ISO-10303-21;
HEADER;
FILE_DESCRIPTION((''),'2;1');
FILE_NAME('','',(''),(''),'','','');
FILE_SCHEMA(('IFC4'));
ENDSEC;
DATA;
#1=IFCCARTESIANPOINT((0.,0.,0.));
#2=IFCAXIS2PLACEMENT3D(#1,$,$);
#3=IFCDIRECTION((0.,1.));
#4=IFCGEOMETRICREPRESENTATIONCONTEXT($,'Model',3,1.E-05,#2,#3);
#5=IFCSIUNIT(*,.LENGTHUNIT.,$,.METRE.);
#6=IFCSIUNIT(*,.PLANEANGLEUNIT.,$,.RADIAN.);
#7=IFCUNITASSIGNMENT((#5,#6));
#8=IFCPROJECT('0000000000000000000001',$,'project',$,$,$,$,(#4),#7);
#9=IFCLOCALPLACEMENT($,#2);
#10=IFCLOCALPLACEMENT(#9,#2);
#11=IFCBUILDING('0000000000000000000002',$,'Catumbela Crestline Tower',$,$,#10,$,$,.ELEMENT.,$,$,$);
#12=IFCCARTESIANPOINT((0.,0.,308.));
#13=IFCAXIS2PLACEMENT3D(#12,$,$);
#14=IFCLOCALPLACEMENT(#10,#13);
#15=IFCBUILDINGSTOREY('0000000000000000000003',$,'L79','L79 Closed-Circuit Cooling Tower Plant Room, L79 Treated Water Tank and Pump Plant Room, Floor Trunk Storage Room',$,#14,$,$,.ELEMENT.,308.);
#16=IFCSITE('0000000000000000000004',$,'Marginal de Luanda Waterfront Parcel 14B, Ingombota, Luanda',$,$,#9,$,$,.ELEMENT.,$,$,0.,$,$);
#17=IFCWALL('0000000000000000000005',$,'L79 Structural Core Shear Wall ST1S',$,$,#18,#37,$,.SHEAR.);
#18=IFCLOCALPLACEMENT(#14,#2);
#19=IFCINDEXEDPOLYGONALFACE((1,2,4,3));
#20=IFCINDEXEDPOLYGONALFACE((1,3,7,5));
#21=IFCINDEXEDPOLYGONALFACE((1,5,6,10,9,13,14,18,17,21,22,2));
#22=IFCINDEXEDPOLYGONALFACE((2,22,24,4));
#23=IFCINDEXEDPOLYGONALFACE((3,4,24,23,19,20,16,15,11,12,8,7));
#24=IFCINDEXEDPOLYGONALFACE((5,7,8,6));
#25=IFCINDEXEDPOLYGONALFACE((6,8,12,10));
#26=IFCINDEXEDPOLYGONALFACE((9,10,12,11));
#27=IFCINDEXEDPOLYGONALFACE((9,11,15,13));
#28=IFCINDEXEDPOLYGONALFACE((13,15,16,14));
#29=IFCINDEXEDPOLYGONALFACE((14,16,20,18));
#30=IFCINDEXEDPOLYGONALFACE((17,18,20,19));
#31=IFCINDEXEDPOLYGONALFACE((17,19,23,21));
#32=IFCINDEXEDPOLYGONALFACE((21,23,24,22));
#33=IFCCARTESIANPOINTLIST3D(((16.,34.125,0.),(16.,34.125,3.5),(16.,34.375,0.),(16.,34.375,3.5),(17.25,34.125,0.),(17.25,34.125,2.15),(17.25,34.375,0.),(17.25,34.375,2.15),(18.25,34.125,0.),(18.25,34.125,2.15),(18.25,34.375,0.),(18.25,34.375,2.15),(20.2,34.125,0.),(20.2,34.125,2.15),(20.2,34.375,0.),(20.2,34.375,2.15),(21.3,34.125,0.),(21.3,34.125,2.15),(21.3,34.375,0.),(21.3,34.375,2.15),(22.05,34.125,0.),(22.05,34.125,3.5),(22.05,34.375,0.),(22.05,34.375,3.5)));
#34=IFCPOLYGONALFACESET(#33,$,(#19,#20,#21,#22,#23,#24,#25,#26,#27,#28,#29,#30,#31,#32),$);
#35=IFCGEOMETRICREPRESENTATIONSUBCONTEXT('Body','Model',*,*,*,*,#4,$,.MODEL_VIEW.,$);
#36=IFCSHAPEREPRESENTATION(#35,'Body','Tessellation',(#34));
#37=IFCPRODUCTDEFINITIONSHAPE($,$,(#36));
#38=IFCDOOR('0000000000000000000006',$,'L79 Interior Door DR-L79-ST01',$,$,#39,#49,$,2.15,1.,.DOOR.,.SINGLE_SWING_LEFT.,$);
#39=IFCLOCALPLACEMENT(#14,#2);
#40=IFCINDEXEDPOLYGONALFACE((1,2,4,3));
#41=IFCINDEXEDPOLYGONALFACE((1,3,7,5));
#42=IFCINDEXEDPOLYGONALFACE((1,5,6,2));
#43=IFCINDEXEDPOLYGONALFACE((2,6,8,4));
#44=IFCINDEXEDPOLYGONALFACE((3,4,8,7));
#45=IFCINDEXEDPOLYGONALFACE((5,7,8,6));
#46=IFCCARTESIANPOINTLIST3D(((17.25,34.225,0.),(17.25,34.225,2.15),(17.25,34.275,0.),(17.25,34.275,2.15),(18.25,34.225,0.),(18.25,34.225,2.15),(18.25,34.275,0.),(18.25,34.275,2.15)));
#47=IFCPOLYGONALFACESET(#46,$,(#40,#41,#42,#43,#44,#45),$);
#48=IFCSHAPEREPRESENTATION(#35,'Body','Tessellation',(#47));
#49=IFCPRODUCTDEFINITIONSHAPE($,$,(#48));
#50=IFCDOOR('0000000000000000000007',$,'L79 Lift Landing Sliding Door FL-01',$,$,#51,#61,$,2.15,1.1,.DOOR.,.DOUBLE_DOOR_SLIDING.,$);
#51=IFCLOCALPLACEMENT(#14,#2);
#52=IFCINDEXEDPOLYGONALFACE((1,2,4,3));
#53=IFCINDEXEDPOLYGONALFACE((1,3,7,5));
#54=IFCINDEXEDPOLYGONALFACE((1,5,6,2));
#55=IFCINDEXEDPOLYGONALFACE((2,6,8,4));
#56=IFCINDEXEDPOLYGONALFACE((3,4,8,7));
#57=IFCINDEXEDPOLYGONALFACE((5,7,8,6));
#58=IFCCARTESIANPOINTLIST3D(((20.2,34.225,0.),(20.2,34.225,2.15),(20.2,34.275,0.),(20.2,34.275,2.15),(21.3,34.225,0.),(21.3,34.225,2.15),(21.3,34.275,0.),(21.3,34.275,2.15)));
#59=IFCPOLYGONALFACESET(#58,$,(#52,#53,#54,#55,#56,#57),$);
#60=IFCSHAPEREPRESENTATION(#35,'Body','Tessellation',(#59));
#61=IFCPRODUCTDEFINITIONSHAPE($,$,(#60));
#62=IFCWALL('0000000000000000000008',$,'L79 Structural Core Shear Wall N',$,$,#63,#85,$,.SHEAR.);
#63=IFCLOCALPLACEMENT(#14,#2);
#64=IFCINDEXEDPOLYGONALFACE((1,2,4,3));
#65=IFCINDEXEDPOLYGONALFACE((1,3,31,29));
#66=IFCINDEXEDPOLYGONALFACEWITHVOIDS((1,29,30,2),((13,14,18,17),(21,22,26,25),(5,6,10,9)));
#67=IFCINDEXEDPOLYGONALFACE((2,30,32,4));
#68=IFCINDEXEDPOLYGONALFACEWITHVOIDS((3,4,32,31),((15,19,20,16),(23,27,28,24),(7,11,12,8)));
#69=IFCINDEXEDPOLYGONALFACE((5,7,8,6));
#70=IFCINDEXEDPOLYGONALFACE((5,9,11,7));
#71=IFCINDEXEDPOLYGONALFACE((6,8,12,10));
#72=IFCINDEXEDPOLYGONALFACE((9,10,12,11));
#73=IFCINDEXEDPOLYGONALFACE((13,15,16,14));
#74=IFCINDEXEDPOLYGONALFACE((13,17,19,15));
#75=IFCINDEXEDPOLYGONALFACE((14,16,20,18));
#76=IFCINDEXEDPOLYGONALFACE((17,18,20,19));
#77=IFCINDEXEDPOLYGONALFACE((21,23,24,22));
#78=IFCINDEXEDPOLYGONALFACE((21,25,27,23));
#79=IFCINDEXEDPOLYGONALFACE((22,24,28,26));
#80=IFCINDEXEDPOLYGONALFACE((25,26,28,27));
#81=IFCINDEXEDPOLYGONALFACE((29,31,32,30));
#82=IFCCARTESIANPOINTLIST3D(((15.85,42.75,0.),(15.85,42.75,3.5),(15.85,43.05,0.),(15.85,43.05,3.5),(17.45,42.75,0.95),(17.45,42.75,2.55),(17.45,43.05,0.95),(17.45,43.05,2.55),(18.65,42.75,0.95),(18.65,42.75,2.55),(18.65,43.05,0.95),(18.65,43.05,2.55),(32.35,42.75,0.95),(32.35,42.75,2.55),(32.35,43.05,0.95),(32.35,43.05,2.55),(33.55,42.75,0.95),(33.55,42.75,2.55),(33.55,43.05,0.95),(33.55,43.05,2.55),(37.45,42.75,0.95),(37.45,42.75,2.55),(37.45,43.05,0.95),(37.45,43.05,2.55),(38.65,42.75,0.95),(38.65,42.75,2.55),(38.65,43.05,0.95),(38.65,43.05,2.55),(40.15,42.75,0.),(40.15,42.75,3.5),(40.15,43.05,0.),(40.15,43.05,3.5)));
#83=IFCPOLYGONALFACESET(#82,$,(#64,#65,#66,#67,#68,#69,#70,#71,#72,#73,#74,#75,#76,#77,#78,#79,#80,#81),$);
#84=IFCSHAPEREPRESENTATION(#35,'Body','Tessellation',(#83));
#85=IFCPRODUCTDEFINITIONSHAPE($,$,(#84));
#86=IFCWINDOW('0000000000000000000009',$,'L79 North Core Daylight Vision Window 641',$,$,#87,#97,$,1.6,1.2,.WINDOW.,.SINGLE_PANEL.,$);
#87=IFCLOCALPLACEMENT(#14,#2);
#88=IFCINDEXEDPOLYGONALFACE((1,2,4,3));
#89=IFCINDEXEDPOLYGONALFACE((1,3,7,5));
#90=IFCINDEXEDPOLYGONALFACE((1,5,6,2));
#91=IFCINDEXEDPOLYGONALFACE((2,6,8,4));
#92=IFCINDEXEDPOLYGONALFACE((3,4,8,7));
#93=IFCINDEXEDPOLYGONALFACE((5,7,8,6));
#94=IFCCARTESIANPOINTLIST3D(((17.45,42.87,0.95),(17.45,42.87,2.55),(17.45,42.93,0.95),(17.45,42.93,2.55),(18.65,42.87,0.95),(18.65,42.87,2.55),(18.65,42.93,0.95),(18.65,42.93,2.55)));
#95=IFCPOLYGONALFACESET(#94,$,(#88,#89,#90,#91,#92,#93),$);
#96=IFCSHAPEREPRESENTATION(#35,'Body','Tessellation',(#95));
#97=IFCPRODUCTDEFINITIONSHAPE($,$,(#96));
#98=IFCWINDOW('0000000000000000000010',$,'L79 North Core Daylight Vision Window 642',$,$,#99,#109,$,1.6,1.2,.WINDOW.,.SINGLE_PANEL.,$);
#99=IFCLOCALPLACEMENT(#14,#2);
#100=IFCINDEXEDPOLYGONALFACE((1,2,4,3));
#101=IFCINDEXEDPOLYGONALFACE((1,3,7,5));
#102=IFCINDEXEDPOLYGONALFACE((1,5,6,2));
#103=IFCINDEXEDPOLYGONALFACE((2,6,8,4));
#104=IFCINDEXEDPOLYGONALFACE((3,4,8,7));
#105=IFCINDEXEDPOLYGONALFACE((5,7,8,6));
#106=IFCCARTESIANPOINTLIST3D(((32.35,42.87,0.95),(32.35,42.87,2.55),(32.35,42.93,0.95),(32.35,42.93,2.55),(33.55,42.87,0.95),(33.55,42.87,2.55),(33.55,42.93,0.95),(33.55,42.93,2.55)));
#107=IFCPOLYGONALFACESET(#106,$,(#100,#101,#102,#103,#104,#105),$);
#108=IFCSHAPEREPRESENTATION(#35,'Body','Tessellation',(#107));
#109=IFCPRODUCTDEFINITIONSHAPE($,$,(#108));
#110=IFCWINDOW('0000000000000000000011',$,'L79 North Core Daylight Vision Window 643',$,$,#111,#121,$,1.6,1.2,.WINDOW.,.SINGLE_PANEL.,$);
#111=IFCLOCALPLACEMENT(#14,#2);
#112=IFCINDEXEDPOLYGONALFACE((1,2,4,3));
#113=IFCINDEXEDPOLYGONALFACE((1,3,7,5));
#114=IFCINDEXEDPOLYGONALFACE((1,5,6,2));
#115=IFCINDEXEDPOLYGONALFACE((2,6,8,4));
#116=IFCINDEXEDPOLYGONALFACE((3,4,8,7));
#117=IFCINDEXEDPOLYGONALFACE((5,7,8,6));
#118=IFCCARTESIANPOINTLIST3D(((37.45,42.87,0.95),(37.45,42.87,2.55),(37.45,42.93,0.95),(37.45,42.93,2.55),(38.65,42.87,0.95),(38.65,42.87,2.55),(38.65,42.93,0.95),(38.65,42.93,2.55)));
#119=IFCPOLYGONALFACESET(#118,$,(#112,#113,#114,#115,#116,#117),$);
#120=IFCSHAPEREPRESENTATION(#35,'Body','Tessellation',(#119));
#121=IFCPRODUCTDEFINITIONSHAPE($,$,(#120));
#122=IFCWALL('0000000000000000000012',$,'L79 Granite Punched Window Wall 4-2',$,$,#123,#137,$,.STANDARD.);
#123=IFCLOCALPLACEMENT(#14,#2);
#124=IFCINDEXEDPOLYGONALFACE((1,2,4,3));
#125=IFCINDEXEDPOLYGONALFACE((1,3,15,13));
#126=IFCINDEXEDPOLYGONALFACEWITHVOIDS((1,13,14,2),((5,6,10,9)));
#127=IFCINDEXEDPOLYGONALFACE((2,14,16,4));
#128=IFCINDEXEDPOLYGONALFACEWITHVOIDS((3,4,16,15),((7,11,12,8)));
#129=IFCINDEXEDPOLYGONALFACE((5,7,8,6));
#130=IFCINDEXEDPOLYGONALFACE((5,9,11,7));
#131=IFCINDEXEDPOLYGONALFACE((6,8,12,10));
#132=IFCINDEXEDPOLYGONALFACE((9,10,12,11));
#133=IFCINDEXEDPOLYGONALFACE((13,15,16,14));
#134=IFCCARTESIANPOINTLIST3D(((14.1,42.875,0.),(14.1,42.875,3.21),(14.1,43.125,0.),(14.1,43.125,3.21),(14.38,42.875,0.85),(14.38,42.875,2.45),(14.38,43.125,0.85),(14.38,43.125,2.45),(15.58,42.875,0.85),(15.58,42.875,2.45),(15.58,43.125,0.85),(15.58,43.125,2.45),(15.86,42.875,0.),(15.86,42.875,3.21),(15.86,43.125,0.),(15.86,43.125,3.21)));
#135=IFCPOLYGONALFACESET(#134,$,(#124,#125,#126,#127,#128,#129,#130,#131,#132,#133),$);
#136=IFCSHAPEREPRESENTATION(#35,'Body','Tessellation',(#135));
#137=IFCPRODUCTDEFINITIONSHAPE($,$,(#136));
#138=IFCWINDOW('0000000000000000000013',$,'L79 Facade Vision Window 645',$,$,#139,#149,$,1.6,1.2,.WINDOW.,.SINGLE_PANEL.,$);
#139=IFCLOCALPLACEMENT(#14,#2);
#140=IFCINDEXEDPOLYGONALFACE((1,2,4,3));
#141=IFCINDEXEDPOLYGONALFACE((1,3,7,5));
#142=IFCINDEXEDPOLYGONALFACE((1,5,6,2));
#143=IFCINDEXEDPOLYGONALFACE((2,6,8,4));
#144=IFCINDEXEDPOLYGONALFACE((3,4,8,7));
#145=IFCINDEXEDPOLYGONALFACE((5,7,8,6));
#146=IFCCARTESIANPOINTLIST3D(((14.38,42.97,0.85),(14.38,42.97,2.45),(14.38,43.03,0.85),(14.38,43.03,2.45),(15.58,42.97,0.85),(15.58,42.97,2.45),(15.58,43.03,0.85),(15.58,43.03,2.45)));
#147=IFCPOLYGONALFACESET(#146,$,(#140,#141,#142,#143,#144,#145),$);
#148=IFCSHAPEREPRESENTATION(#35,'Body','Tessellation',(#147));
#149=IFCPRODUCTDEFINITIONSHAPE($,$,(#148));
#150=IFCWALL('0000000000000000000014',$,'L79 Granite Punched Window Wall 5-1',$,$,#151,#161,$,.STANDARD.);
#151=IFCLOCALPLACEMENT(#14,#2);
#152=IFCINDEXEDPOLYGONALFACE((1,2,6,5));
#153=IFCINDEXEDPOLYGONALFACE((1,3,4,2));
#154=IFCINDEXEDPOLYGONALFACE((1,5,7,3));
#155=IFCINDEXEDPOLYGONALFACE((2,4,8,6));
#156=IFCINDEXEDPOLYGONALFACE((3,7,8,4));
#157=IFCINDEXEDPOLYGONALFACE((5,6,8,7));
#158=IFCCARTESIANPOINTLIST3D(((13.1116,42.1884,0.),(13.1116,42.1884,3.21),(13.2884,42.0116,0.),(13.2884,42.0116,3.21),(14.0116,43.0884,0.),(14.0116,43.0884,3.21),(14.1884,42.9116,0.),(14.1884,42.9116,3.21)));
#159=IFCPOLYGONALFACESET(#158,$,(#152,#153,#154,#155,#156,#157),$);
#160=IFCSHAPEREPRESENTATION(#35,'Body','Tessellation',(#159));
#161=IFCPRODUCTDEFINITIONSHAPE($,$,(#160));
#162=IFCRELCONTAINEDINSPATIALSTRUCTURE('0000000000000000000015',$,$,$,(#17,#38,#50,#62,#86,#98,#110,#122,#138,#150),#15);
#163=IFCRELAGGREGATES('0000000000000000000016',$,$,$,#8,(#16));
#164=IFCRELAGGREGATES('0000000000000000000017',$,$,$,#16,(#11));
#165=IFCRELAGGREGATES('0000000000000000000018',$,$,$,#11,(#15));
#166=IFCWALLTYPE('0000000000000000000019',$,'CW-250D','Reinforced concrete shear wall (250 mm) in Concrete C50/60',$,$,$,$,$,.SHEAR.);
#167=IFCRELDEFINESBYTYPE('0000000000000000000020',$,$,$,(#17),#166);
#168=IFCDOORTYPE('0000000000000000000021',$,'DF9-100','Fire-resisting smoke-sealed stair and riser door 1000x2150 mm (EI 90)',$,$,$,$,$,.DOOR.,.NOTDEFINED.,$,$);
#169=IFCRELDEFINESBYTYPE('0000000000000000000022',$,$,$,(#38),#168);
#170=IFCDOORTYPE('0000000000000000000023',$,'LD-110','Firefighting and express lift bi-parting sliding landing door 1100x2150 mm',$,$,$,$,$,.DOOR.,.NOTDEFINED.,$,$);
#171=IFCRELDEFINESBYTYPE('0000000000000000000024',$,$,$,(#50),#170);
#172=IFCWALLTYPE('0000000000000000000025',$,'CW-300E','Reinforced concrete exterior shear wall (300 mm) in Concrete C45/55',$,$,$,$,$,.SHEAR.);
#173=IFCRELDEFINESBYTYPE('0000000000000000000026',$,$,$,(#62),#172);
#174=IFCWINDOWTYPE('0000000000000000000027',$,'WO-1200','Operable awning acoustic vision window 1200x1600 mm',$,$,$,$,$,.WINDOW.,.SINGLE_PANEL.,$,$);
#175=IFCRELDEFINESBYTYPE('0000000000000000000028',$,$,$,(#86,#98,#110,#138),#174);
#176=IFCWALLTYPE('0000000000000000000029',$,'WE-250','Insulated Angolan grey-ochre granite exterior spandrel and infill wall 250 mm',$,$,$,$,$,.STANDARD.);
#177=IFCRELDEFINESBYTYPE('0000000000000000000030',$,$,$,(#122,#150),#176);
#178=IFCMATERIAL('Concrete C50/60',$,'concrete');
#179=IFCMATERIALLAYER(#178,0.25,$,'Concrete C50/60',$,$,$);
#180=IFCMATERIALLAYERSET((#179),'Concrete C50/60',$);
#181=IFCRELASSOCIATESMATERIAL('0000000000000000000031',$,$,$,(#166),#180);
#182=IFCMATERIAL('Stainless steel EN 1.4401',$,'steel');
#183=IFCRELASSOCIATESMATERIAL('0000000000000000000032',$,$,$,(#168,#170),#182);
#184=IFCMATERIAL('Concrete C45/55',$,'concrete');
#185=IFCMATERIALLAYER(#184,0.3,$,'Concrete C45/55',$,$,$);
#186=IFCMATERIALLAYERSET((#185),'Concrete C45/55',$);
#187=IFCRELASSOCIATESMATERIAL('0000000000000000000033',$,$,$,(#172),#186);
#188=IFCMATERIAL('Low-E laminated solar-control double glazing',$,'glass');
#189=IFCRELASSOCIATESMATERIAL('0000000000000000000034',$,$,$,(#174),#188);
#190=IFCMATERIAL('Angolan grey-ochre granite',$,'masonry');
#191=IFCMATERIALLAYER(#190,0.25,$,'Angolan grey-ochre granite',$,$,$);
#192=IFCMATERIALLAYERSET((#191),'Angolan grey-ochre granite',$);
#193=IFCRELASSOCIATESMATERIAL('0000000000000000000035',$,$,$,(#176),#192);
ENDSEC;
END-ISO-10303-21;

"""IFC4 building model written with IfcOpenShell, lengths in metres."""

from ifc_helpers import new_model, si_unit, direction, frame, frame_2d, origin, place, context, subcontext, project, spatial, rectangle, extrude, material, layer, layer_set, type_object, element, fill, save


model = new_model("IFC4")

# Units and contexts
model_context = context("Model", 3, precision=1e-05, world=origin(), true_north=direction((0.0, 1.0)))
body_context = subcontext(model_context, "Body", "Model", "MODEL_VIEW")
ifc_project = project(units=[si_unit("LENGTHUNIT", "METRE"), si_unit("PLANEANGLEUNIT", "RADIAN")], contexts=[model_context])

# Site, building, storey
site_placement = place(None, origin())
site = spatial("IfcSite", under=ifc_project, at=site_placement, Name="Marginal de Luanda Waterfront Parcel 14B, Ingombota, Luanda", CompositionType="ELEMENT", RefElevation=0.0)
building_placement = place(site_placement, origin())
building = spatial("IfcBuilding", under=site, at=building_placement, Name="Catumbela Crestline Tower", CompositionType="ELEMENT")
storey_placement = place(building_placement, frame((0.0, 0.0, 308.0)))
storey = spatial("IfcBuildingStorey", under=building, at=storey_placement, Name="L79", Description="L79 Closed-Circuit Cooling Tower Plant Room, L79 Treated Water Tank and Pump Plant Room, Floor Trunk Storage Room", CompositionType="ELEMENT", Elevation=308.0)

# Shared definitions
ifc_material_1 = material(Name="Low-E laminated solar-control double glazing", Category="glass")

# Wall, openings, doors
ifc_material_2 = material(Name="Concrete C50/60", Category="concrete")
ifc_layer_1 = layer(ifc_material_2, 0.25, Name="Concrete C50/60")
ifc_layer_set_1 = layer_set([ifc_layer_1], Name="Concrete C50/60")
wall_type_1 = type_object("IfcWallType", Name="CW-250D", Description="Reinforced concrete shear wall (250 mm) in Concrete C50/60", PredefinedType="SHEAR", material=ifc_layer_set_1)
wall_1_placement = place(storey_placement, frame((16.0, 34.25, 0.0), z_axis=(0.0, 0.0, 1.0), x_axis=(1.0, 0.0, 0.0)))
wall_1 = element("IfcWall", 1, at=wall_1_placement, inside=storey, type_object=wall_type_1, Name="L79 Structural Core Shear Wall ST1S", PredefinedType="SHEAR", context=body_context, shape_type="SweptSolid", body=[
    extrude(rectangle(XDim=6.05, YDim=0.25, at=frame_2d((3.025, 0.0))), origin(), (0.0, 0.0, 1.0), 3.5),
])
opening_1_placement = place(wall_1_placement, frame((1.25, 0.0, 0.0)))
opening_1 = element("IfcOpeningElement", 2, at=opening_1_placement, cuts=wall_1, PredefinedType="OPENING", context=body_context, shape_type="SweptSolid", body=[
    extrude(rectangle(XDim=1.0, YDim=2.15, at=frame_2d((0.5, 1.075))), frame((0.0, 0.135, 0.0), z_axis=(0.0, -1.0, 0.0), x_axis=(1.0, 0.0, 0.0)), (0.0, 0.0, 1.0), 0.27),
])
opening_2_placement = place(wall_1_placement, frame((4.2, 0.0, 0.0)))
opening_2 = element("IfcOpeningElement", 3, at=opening_2_placement, cuts=wall_1, PredefinedType="OPENING", context=body_context, shape_type="SweptSolid", body=[
    extrude(rectangle(XDim=1.1, YDim=2.15, at=frame_2d((0.55, 1.075))), frame((0.0, 0.135, 0.0), z_axis=(0.0, -1.0, 0.0), x_axis=(1.0, 0.0, 0.0)), (0.0, 0.0, 1.0), 0.27),
])
ifc_material_3 = material(Name="Stainless steel EN 1.4401", Category="steel")
door_type_1 = type_object("IfcDoorType", Name="DF9-100", Description="Fire-resisting smoke-sealed stair and riser door 1000x2150 mm (EI 90)", OperationType="NOTDEFINED", PredefinedType="DOOR", material=ifc_material_3)
door_1_placement = place(opening_1_placement, origin())
door_1 = element("IfcDoor", 4, at=door_1_placement, inside=storey, type_object=door_type_1, Name="L79 Interior Door DR-L79-ST01", OperationType="SINGLE_SWING_LEFT", OverallHeight=2.15, OverallWidth=1.0, PredefinedType="DOOR", context=body_context, shape_type="SweptSolid", body=[
    extrude(rectangle(XDim=1.0, YDim=2.15, at=frame_2d((0.5, 1.075))), frame((0.0, 0.025, 0.0), z_axis=(0.0, -1.0, 0.0), x_axis=(1.0, 0.0, 0.0)), (0.0, 0.0, 1.0), 0.05),
])
fill(opening_1, door_1)
door_type_2 = type_object("IfcDoorType", Name="LD-110", Description="Firefighting and express lift bi-parting sliding landing door 1100x2150 mm", OperationType="NOTDEFINED", PredefinedType="DOOR", material=ifc_material_3)
door_2_placement = place(opening_2_placement, origin())
door_2 = element("IfcDoor", 5, at=door_2_placement, inside=storey, type_object=door_type_2, Name="L79 Lift Landing Sliding Door FL-01", OperationType="DOUBLE_DOOR_SLIDING", OverallHeight=2.15, OverallWidth=1.1, PredefinedType="DOOR", context=body_context, shape_type="SweptSolid", body=[
    extrude(rectangle(XDim=1.1, YDim=2.15, at=frame_2d((0.55, 1.075))), frame((0.0, 0.025, 0.0), z_axis=(0.0, -1.0, 0.0), x_axis=(1.0, 0.0, 0.0)), (0.0, 0.0, 1.0), 0.05),
])
fill(opening_2, door_2)

# Wall, openings, windows
ifc_material_4 = material(Name="Concrete C45/55", Category="concrete")
ifc_layer_2 = layer(ifc_material_4, 0.3, Name="Concrete C45/55")
ifc_layer_set_2 = layer_set([ifc_layer_2], Name="Concrete C45/55")
wall_type_2 = type_object("IfcWallType", Name="CW-300E", Description="Reinforced concrete exterior shear wall (300 mm) in Concrete C45/55", PredefinedType="SHEAR", material=ifc_layer_set_2)
wall_2_placement = place(storey_placement, frame((15.85, 42.9, 0.0), z_axis=(0.0, 0.0, 1.0), x_axis=(1.0, 0.0, 0.0)))
wall_2 = element("IfcWall", 6, at=wall_2_placement, inside=storey, type_object=wall_type_2, Name="L79 Structural Core Shear Wall N", PredefinedType="SHEAR", context=body_context, shape_type="SweptSolid", body=[
    extrude(rectangle(XDim=24.3, YDim=0.3, at=frame_2d((12.15, 0.0))), origin(), (0.0, 0.0, 1.0), 3.5),
])
opening_3_placement = place(wall_2_placement, frame((1.6, 0.0, 0.95)))
opening_3 = element("IfcOpeningElement", 7, at=opening_3_placement, cuts=wall_2, PredefinedType="OPENING", context=body_context, shape_type="SweptSolid", body=[
    extrude(rectangle(XDim=1.2, YDim=1.6, at=frame_2d((0.6, 0.8))), frame((0.0, 0.16, 0.0), z_axis=(0.0, -1.0, 0.0), x_axis=(1.0, 0.0, 0.0)), (0.0, 0.0, 1.0), 0.32),
])
opening_4_placement = place(wall_2_placement, frame((16.5, 0.0, 0.95)))
opening_4 = element("IfcOpeningElement", 8, at=opening_4_placement, cuts=wall_2, PredefinedType="OPENING", context=body_context, shape_type="SweptSolid", body=[
    extrude(rectangle(XDim=1.2, YDim=1.6, at=frame_2d((0.6, 0.8))), frame((0.0, 0.16, 0.0), z_axis=(0.0, -1.0, 0.0), x_axis=(1.0, 0.0, 0.0)), (0.0, 0.0, 1.0), 0.32),
])
opening_5_placement = place(wall_2_placement, frame((21.6, 0.0, 0.95)))
opening_5 = element("IfcOpeningElement", 9, at=opening_5_placement, cuts=wall_2, PredefinedType="OPENING", context=body_context, shape_type="SweptSolid", body=[
    extrude(rectangle(XDim=1.2, YDim=1.6, at=frame_2d((0.6, 0.8))), frame((0.0, 0.16, 0.0), z_axis=(0.0, -1.0, 0.0), x_axis=(1.0, 0.0, 0.0)), (0.0, 0.0, 1.0), 0.32),
])
window_type = type_object("IfcWindowType", Name="WO-1200", Description="Operable awning acoustic vision window 1200x1600 mm", PartitioningType="SINGLE_PANEL", PredefinedType="WINDOW", material=ifc_material_1)
window_1_placement = place(opening_3_placement, origin())
window_1 = element("IfcWindow", 10, at=window_1_placement, inside=storey, type_object=window_type, Name="L79 North Core Daylight Vision Window 641", OverallHeight=1.6, OverallWidth=1.2, PartitioningType="SINGLE_PANEL", PredefinedType="WINDOW", context=body_context, shape_type="SweptSolid", body=[
    extrude(rectangle(XDim=1.2, YDim=1.6, at=frame_2d((0.6, 0.8))), frame((0.0, 0.03, 0.0), z_axis=(0.0, -1.0, 0.0), x_axis=(1.0, 0.0, 0.0)), (0.0, 0.0, 1.0), 0.06),
])
fill(opening_3, window_1)
window_2_placement = place(opening_4_placement, origin())
window_2 = element("IfcWindow", 11, at=window_2_placement, inside=storey, type_object=window_type, Name="L79 North Core Daylight Vision Window 642", OverallHeight=1.6, OverallWidth=1.2, PartitioningType="SINGLE_PANEL", PredefinedType="WINDOW", context=body_context, shape_type="SweptSolid", body=[
    extrude(rectangle(XDim=1.2, YDim=1.6, at=frame_2d((0.6, 0.8))), frame((0.0, 0.03, 0.0), z_axis=(0.0, -1.0, 0.0), x_axis=(1.0, 0.0, 0.0)), (0.0, 0.0, 1.0), 0.06),
])
fill(opening_4, window_2)
window_3_placement = place(opening_5_placement, origin())
window_3 = element("IfcWindow", 12, at=window_3_placement, inside=storey, type_object=window_type, Name="L79 North Core Daylight Vision Window 643", OverallHeight=1.6, OverallWidth=1.2, PartitioningType="SINGLE_PANEL", PredefinedType="WINDOW", context=body_context, shape_type="SweptSolid", body=[
    extrude(rectangle(XDim=1.2, YDim=1.6, at=frame_2d((0.6, 0.8))), frame((0.0, 0.03, 0.0), z_axis=(0.0, -1.0, 0.0), x_axis=(1.0, 0.0, 0.0)), (0.0, 0.0, 1.0), 0.06),
])
fill(opening_5, window_3)

# Wall, opening, window
ifc_material_5 = material(Name="Angolan grey-ochre granite", Category="masonry")
ifc_layer_3 = layer(ifc_material_5, 0.25, Name="Angolan grey-ochre granite")
ifc_layer_set_3 = layer_set([ifc_layer_3], Name="Angolan grey-ochre granite")
wall_type_3 = type_object("IfcWallType", Name="WE-250", Description="Insulated Angolan grey-ochre granite exterior spandrel and infill wall 250 mm", PredefinedType="STANDARD", material=ifc_layer_set_3)
wall_3_placement = place(storey_placement, frame((15.86, 43.0, 0.0), z_axis=(0.0, 0.0, 1.0), x_axis=(-1.0, 0.0, 0.0)))
wall_3 = element("IfcWall", 13, at=wall_3_placement, inside=storey, type_object=wall_type_3, Name="L79 Granite Punched Window Wall 4-2", PredefinedType="STANDARD", context=body_context, shape_type="SweptSolid", body=[
    extrude(rectangle(XDim=1.76, YDim=0.25, at=frame_2d((0.88, 0.0))), origin(), (0.0, 0.0, 1.0), 3.21),
])
opening_6_placement = place(wall_3_placement, frame((0.28, 0.0, 0.85)))
opening_6 = element("IfcOpeningElement", 14, at=opening_6_placement, cuts=wall_3, PredefinedType="OPENING", context=body_context, shape_type="SweptSolid", body=[
    extrude(rectangle(XDim=1.2, YDim=1.6, at=frame_2d((0.6, 0.8))), frame((0.0, 0.135, 0.0), z_axis=(0.0, -1.0, 0.0), x_axis=(1.0, 0.0, 0.0)), (0.0, 0.0, 1.0), 0.27),
])
window_4_placement = place(opening_6_placement, origin())
window_4 = element("IfcWindow", 15, at=window_4_placement, inside=storey, type_object=window_type, Name="L79 Facade Vision Window 645", OverallHeight=1.6, OverallWidth=1.2, PartitioningType="SINGLE_PANEL", PredefinedType="WINDOW", context=body_context, shape_type="SweptSolid", body=[
    extrude(rectangle(XDim=1.2, YDim=1.6, at=frame_2d((0.6, 0.8))), frame((0.0, 0.03, 0.0), z_axis=(0.0, -1.0, 0.0), x_axis=(1.0, 0.0, 0.0)), (0.0, 0.0, 1.0), 0.06),
])
fill(opening_6, window_4)

# Wall
wall_4_placement = place(storey_placement, frame((14.1, 43.0, 0.0), z_axis=(0.0, 0.0, 1.0), x_axis=(-0.707107, -0.707107, 0.0)))
element("IfcWall", 16, at=wall_4_placement, inside=storey, type_object=wall_type_3, Name="L79 Granite Punched Window Wall 5-1", PredefinedType="STANDARD", context=body_context, shape_type="SweptSolid", body=[
    extrude(rectangle(XDim=1.2728, YDim=0.25, at=frame_2d((0.6364, 0.0))), origin(), (0.0, 0.0, 1.0), 3.21),
])

save(model, "model.ifc")
